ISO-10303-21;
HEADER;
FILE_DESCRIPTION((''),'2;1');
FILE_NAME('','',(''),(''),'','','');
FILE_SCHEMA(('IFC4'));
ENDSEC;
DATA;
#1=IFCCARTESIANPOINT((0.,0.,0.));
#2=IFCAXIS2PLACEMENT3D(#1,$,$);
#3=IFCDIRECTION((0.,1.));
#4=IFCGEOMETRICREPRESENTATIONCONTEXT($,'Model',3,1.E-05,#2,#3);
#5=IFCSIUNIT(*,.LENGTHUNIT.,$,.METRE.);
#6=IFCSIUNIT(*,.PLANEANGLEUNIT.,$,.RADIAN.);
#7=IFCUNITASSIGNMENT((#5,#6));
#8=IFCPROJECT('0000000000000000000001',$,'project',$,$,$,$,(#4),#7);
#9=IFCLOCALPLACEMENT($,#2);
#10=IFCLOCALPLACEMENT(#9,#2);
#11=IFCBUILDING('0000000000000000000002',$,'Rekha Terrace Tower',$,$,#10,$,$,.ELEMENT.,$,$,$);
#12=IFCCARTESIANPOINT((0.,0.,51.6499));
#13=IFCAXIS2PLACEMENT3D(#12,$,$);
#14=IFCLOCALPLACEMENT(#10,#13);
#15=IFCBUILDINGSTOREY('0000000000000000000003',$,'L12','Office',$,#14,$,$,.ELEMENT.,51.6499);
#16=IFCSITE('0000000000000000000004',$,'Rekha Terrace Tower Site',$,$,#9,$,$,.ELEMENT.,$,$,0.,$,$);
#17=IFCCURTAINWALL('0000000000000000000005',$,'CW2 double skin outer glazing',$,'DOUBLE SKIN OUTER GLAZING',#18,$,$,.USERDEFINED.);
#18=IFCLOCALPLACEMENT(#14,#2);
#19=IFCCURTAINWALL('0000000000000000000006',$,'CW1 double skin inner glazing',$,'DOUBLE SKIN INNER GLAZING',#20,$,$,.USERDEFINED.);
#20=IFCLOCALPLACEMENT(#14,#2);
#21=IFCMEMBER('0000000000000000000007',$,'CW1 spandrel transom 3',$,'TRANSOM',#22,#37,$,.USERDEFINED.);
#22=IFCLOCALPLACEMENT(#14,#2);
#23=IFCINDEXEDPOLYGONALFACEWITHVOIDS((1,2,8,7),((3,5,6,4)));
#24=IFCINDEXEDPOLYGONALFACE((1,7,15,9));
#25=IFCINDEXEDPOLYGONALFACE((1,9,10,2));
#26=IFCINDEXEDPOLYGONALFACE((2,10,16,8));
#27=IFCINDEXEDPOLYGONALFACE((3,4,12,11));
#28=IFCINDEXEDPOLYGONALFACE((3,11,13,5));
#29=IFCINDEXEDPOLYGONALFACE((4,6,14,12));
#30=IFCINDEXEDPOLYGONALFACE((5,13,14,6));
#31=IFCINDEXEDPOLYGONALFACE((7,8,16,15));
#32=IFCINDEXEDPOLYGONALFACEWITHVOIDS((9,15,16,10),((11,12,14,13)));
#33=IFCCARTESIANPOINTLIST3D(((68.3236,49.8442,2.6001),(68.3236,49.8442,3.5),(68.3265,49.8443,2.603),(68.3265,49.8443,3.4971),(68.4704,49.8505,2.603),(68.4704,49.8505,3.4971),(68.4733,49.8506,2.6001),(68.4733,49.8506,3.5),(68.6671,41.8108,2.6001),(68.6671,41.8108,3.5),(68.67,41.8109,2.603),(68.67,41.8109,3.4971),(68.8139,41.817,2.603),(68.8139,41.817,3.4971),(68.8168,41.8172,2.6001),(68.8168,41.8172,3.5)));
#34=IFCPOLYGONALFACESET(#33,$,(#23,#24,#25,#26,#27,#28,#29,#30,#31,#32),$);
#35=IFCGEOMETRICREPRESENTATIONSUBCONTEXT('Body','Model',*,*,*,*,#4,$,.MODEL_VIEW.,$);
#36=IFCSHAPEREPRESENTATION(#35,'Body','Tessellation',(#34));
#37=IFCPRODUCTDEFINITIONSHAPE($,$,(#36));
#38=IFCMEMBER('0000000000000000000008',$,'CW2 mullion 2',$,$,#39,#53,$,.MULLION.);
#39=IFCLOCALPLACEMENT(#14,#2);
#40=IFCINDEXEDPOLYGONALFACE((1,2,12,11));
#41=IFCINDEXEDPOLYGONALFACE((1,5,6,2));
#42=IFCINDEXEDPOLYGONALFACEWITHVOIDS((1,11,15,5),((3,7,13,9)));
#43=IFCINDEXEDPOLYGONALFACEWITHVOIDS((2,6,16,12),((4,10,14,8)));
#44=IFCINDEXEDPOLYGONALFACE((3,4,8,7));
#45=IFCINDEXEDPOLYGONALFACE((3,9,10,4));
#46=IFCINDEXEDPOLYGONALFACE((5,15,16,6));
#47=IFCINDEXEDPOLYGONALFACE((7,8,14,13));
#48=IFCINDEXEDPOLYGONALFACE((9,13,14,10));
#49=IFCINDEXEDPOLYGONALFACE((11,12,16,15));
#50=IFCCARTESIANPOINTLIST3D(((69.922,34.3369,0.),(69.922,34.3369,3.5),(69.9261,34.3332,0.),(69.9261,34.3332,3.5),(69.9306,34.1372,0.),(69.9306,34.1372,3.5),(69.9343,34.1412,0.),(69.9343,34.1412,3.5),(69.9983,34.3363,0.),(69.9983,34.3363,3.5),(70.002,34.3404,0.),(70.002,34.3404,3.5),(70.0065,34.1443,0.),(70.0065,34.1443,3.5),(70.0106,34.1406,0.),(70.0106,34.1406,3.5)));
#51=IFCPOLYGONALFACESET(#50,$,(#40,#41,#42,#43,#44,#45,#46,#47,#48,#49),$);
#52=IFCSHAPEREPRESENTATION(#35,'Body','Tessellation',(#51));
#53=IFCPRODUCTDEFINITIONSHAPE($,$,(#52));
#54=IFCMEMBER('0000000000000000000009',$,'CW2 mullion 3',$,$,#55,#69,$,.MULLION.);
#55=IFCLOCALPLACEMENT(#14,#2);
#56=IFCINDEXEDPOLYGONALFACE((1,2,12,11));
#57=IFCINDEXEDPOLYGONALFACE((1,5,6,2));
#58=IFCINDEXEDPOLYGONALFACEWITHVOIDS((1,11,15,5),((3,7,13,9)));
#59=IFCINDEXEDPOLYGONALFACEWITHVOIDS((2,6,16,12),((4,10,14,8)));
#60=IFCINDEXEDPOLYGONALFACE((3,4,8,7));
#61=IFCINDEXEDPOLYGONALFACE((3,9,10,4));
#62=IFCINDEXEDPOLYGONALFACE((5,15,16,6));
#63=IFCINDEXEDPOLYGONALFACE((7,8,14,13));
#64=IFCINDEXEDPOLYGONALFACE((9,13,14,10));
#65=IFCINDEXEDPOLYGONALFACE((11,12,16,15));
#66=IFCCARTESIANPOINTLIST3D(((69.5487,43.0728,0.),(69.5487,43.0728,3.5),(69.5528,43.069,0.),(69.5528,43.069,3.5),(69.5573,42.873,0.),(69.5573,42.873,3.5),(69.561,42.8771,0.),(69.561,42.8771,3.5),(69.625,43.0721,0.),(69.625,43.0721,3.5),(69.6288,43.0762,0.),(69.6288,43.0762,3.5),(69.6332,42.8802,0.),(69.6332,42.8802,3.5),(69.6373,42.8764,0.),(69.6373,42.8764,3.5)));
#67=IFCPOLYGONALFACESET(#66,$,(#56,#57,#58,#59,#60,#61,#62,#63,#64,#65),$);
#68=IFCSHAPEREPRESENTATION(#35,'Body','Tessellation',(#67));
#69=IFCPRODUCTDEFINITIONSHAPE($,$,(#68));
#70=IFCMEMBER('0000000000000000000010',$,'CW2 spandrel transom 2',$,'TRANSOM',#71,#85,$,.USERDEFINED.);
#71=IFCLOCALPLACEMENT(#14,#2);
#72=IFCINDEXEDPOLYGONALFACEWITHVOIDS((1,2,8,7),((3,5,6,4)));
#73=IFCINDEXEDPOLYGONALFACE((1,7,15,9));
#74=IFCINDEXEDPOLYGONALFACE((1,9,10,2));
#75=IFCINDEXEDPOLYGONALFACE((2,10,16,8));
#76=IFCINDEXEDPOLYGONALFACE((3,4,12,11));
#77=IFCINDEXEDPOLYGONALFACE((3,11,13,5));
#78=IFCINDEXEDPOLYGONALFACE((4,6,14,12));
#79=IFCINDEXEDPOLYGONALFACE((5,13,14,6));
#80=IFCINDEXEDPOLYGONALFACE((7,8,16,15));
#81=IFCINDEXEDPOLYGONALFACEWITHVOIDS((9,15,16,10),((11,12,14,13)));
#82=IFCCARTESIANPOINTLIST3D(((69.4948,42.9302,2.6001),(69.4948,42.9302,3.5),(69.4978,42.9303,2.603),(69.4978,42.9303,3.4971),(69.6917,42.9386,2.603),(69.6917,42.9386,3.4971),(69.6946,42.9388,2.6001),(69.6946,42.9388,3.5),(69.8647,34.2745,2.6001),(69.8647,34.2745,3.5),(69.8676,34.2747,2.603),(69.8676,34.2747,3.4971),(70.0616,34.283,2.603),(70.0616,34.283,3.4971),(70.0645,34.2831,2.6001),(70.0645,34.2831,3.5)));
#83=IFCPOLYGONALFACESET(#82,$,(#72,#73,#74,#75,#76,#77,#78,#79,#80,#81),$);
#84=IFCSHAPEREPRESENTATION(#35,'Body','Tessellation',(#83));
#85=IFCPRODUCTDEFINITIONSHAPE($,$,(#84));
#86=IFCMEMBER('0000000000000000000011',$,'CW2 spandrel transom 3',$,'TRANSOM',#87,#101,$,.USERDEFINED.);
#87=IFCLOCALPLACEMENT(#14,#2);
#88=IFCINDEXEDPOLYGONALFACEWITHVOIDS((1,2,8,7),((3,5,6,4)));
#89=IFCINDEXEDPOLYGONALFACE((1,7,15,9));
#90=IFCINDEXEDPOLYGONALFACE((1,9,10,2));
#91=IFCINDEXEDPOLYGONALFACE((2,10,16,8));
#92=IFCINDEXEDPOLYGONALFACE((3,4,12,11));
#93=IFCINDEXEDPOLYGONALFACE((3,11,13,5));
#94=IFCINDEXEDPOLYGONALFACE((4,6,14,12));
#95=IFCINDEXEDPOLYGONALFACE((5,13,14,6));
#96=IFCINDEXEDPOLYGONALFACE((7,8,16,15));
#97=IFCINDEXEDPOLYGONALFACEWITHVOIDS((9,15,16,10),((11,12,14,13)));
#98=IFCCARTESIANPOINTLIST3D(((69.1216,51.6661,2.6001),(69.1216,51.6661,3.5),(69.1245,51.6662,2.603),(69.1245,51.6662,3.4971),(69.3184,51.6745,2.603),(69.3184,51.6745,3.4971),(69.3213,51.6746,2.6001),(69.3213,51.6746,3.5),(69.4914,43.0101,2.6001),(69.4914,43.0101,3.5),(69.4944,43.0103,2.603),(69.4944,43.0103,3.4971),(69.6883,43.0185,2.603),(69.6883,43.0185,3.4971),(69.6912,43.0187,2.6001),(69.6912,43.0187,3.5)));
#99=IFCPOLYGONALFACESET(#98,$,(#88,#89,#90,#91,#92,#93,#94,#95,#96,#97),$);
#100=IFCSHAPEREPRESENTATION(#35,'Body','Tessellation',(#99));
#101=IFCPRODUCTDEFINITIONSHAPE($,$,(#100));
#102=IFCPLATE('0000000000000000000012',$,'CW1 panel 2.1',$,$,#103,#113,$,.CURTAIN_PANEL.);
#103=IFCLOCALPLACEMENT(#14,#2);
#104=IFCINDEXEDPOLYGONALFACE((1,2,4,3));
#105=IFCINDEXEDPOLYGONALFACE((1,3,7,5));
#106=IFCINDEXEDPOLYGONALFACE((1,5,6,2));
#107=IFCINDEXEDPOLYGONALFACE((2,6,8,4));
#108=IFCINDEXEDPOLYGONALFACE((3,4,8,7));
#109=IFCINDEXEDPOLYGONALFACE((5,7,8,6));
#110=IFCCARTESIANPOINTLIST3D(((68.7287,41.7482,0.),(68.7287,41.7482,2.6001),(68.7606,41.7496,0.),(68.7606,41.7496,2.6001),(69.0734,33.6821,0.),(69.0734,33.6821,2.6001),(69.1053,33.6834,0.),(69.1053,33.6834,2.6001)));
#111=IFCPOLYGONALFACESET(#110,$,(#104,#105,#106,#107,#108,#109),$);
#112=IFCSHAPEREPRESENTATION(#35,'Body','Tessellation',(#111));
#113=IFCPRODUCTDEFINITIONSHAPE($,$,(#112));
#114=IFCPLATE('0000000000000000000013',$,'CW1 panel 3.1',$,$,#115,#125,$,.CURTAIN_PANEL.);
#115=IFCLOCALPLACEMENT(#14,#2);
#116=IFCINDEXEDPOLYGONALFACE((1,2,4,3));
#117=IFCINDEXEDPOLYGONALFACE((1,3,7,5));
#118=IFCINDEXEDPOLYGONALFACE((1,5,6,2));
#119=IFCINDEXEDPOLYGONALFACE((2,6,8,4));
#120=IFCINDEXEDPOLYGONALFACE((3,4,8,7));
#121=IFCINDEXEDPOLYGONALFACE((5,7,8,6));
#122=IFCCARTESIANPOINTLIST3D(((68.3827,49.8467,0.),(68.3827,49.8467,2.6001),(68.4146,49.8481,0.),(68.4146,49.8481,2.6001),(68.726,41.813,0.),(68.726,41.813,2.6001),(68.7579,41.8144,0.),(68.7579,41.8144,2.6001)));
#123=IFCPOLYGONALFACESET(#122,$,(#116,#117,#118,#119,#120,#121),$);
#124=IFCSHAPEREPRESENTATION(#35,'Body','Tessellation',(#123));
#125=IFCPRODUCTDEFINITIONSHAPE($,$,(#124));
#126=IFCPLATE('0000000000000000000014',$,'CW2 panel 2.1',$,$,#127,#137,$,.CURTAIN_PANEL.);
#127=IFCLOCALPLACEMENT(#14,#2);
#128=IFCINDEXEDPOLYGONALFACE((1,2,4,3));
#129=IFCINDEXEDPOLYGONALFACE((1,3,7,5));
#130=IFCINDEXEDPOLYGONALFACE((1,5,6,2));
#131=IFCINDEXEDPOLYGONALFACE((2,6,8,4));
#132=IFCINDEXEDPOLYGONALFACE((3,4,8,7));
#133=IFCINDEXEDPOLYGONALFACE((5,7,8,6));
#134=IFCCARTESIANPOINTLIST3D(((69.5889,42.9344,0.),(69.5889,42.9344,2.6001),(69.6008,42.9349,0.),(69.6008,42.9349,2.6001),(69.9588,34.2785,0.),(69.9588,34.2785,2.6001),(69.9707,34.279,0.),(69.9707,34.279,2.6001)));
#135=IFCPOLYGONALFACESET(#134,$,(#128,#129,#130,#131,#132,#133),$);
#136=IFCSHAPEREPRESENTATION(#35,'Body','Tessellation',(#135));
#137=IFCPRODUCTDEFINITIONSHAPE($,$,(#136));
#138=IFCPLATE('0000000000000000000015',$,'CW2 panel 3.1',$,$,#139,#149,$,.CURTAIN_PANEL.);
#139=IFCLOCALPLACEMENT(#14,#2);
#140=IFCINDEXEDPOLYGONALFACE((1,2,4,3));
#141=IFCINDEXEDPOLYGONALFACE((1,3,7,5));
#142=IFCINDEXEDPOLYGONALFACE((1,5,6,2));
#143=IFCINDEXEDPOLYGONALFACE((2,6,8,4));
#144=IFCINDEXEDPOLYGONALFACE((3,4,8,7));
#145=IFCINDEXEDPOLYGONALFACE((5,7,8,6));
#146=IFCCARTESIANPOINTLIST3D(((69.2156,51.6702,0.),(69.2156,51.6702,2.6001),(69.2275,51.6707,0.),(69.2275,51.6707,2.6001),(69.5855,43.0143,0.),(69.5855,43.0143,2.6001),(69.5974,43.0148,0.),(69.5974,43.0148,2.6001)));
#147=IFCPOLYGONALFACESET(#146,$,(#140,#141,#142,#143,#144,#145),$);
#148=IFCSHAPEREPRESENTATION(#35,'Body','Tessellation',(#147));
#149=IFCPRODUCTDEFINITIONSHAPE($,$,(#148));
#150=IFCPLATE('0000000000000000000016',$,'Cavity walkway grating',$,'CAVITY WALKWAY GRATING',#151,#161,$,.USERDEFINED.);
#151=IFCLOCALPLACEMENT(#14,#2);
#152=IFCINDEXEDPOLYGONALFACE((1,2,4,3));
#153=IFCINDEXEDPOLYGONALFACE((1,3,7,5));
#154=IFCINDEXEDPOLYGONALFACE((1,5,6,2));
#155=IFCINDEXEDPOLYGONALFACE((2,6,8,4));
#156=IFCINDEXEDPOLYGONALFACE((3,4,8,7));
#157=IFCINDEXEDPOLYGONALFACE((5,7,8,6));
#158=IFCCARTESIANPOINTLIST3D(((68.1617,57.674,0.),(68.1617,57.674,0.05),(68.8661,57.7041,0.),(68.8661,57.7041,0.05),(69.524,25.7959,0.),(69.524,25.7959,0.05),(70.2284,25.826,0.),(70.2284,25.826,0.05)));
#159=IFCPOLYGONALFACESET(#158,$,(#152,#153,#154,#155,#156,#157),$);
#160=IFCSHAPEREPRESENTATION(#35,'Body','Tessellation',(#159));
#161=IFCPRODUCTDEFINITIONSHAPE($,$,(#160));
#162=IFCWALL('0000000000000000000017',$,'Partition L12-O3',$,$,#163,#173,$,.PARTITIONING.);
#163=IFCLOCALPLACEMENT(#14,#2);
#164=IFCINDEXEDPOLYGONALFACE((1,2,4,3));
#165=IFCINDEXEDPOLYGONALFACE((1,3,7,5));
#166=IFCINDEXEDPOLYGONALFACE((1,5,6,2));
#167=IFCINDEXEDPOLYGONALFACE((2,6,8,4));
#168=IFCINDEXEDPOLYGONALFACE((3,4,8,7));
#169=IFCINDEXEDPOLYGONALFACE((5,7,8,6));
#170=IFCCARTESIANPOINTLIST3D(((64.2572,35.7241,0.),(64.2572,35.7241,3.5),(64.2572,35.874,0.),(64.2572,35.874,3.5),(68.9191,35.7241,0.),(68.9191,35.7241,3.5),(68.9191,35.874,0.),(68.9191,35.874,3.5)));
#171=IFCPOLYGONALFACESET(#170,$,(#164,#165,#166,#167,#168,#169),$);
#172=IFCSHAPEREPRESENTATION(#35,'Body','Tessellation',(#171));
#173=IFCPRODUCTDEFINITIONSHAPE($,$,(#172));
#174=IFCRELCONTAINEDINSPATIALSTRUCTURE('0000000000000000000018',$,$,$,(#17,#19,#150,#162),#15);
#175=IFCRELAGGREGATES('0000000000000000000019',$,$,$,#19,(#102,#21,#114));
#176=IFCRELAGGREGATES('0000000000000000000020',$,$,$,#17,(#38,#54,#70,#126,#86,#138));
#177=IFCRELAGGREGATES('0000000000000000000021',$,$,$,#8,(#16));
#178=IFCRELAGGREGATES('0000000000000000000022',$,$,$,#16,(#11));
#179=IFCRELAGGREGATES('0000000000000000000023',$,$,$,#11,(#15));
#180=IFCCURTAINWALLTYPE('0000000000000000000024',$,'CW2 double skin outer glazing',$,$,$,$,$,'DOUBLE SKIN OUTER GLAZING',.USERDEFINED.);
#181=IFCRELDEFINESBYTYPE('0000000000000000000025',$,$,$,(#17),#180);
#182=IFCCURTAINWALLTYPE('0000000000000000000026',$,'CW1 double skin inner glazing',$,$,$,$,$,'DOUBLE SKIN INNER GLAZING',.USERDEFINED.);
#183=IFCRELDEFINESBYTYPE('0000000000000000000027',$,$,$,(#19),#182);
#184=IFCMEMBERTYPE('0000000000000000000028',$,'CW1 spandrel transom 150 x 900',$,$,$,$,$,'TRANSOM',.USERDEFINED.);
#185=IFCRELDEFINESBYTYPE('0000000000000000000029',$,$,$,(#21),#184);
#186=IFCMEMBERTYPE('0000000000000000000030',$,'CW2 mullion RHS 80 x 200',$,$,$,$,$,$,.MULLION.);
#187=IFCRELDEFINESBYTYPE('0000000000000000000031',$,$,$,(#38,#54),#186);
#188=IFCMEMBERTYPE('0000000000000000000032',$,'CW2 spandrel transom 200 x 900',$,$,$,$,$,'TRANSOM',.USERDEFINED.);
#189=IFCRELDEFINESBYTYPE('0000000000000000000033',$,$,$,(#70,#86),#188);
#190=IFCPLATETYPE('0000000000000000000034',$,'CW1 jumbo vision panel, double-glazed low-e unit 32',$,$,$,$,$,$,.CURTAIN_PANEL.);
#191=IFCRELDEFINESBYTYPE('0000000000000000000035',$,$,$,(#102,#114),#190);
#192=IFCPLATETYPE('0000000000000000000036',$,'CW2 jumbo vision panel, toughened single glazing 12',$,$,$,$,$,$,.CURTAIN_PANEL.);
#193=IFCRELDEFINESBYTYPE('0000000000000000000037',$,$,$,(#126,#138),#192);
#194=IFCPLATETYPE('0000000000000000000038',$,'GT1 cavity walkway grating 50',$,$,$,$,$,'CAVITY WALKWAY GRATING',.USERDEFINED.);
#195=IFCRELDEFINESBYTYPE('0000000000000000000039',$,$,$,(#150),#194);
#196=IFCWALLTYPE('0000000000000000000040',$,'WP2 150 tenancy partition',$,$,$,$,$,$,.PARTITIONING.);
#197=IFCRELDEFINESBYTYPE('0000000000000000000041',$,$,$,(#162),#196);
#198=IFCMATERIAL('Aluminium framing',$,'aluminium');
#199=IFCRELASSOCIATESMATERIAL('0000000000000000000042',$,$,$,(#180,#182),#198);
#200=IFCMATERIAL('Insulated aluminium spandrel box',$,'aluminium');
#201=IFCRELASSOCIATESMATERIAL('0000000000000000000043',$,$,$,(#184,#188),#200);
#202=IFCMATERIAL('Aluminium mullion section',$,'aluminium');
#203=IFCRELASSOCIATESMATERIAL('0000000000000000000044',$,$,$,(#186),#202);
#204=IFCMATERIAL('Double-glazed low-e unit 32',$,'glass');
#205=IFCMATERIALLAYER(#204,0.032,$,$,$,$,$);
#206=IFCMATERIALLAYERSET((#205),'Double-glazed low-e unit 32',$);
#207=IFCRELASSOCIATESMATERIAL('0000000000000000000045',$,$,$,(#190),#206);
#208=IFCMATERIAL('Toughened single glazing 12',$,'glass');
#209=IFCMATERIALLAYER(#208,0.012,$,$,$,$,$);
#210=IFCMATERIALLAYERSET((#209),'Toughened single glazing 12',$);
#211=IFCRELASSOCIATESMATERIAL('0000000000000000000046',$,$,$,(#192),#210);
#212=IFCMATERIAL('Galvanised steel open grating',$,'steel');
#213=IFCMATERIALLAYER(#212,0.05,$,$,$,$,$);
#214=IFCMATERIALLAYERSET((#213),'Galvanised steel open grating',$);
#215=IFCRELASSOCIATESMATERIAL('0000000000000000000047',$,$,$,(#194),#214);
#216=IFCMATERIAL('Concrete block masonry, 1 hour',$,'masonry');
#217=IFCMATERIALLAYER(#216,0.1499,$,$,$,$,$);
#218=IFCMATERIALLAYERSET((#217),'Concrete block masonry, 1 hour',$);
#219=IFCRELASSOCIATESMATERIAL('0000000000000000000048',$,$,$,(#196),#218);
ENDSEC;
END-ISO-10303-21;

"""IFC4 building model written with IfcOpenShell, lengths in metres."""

from ifc_helpers import new_model, si_unit, direction, frame, frame_2d, origin, origin_2d, place, context, subcontext, project, spatial, rectangle, hollow_rectangle, extrude, material, layer, layer_set, material_profile, profile_set, type_object, element, aggregate, save


model = new_model("IFC4")

# Units and contexts
model_context = context("Model", 3, precision=1e-05, world=origin(), true_north=direction((0.0, 1.0)))
body_context = subcontext(model_context, "Body", "Model", "MODEL_VIEW")
ifc_project = project(units=[si_unit("LENGTHUNIT", "METRE"), si_unit("PLANEANGLEUNIT", "RADIAN")], contexts=[model_context])

# Site, building, storey
site_placement = place(None, origin())
site = spatial("IfcSite", under=ifc_project, at=site_placement, Name="Rekha Terrace Tower Site", CompositionType="ELEMENT", RefElevation=0.0)
building_placement = place(site_placement, origin())
building = spatial("IfcBuilding", under=site, at=building_placement, Name="Rekha Terrace Tower", CompositionType="ELEMENT")
storey_placement = place(building_placement, frame((0.0, 0.0, 51.6499)))
storey = spatial("IfcBuildingStorey", under=building, at=storey_placement, Name="L12", Description="Office", CompositionType="ELEMENT", Elevation=51.6499)

# Curtain walls, member
ifc_material_1 = material(Name="Aluminium framing", Category="aluminium")
curtain_wall_type_1 = type_object("IfcCurtainWallType", Name="CW2 double skin outer glazing", ElementType="DOUBLE SKIN OUTER GLAZING", PredefinedType="USERDEFINED", material=ifc_material_1)
curtain_wall_1_placement = place(storey_placement, origin())
curtain_wall_1 = element("IfcCurtainWall", 1, at=curtain_wall_1_placement, inside=storey, type_object=curtain_wall_type_1, Name="CW2 double skin outer glazing", ObjectType="DOUBLE SKIN OUTER GLAZING", PredefinedType="USERDEFINED")
curtain_wall_type_2 = type_object("IfcCurtainWallType", Name="CW1 double skin inner glazing", ElementType="DOUBLE SKIN INNER GLAZING", PredefinedType="USERDEFINED", material=ifc_material_1)
curtain_wall_2_placement = place(storey_placement, origin())
curtain_wall_2 = element("IfcCurtainWall", 2, at=curtain_wall_2_placement, inside=storey, type_object=curtain_wall_type_2, Name="CW1 double skin inner glazing", ObjectType="DOUBLE SKIN INNER GLAZING", PredefinedType="USERDEFINED")
ifc_material_2 = material(Name="Aluminium mullion section", Category="aluminium")
ifc_material_3 = material(Name="Insulated aluminium spandrel box", Category="aluminium")
ifc_material_profile_1 = material_profile(ifc_material_3, hollow_rectangle(XDim=0.1499, YDim=0.8999, WallThickness=0.0029, at=origin_2d()), Name="AL SPANDREL BOX 150x900")
ifc_profile_set_1 = profile_set([ifc_material_profile_1], Name="Insulated aluminium spandrel box")
member_type_1 = type_object("IfcMemberType", Name="CW1 spandrel transom 150 x 900", ElementType="TRANSOM", PredefinedType="USERDEFINED", material=ifc_profile_set_1)
member_1_placement = place(storey_placement, frame((68.7419, 41.814, 3.05), z_axis=(-0.04272, 0.999087, 0.0), x_axis=(-0.999087, -0.04272, 0.0)))
member_1 = element("IfcMember", 3, at=member_1_placement, type_object=member_type_1, Name="CW1 spandrel transom 3", ObjectType="TRANSOM", PredefinedType="USERDEFINED", context=body_context, shape_type="SweptSolid", body=[
    extrude(hollow_rectangle(XDim=0.1499, YDim=0.8999, WallThickness=0.0029, at=origin_2d()), origin(), (0.0, 0.0, 1.0), 8.0408),
])

# Members
ifc_material_profile_2 = material_profile(ifc_material_2, hollow_rectangle(XDim=0.0801, YDim=0.2, WallThickness=0.0039, at=origin_2d()), Name="AL RHS 80x200")
ifc_profile_set_2 = profile_set([ifc_material_profile_2], Name="Aluminium mullion section")
member_type_2 = type_object("IfcMemberType", Name="CW2 mullion RHS 80 x 200", PredefinedType="MULLION", material=ifc_profile_set_2)
member_2_placement = place(storey_placement, frame((69.9663, 34.2388, 0.0), z_axis=(0.0, 0.0, 1.0), x_axis=(-0.999088, -0.042696, 0.0)))
member_2 = element("IfcMember", 4, at=member_2_placement, type_object=member_type_2, Name="CW2 mullion 2", PredefinedType="MULLION", context=body_context, shape_type="SweptSolid", body=[
    extrude(hollow_rectangle(XDim=0.0801, YDim=0.2, WallThickness=0.0039, at=origin_2d()), origin(), (0.0, 0.0, 1.0), 3.5),
])
member_3_placement = place(storey_placement, frame((69.593, 42.9746, 0.0), z_axis=(0.0, 0.0, 1.0), x_axis=(-0.999088, -0.042696, 0.0)))
member_3 = element("IfcMember", 5, at=member_3_placement, type_object=member_type_2, Name="CW2 mullion 3", PredefinedType="MULLION", context=body_context, shape_type="SweptSolid", body=[
    extrude(hollow_rectangle(XDim=0.0801, YDim=0.2, WallThickness=0.0039, at=origin_2d()), origin(), (0.0, 0.0, 1.0), 3.5),
])
ifc_material_profile_3 = material_profile(ifc_material_3, hollow_rectangle(XDim=0.2, YDim=0.8999, WallThickness=0.0029, at=origin_2d()), Name="AL SPANDREL BOX 200x900")
ifc_profile_set_3 = profile_set([ifc_material_profile_3], Name="Insulated aluminium spandrel box")
member_type_3 = type_object("IfcMemberType", Name="CW2 spandrel transom 200 x 900", ElementType="TRANSOM", PredefinedType="USERDEFINED", material=ifc_profile_set_3)
member_4_placement = place(storey_placement, frame((69.9646, 34.2788, 3.05), z_axis=(-0.042692, 0.999088, 0.0), x_axis=(-0.999088, -0.042692, 0.0)))
member_4 = element("IfcMember", 6, at=member_4_placement, type_object=member_type_3, Name="CW2 spandrel transom 2", ObjectType="TRANSOM", PredefinedType="USERDEFINED", context=body_context, shape_type="SweptSolid", body=[
    extrude(hollow_rectangle(XDim=0.2, YDim=0.8999, WallThickness=0.0029, at=origin_2d()), origin(), (0.0, 0.0, 1.0), 8.6636),
])
member_5_placement = place(storey_placement, frame((69.5913, 43.0144, 3.05), z_axis=(-0.042691, 0.999088, 0.0), x_axis=(-0.999088, -0.042691, 0.0)))
member_5 = element("IfcMember", 7, at=member_5_placement, type_object=member_type_3, Name="CW2 spandrel transom 3", ObjectType="TRANSOM", PredefinedType="USERDEFINED", context=body_context, shape_type="SweptSolid", body=[
    extrude(hollow_rectangle(XDim=0.2, YDim=0.8999, WallThickness=0.0029, at=origin_2d()), origin(), (0.0, 0.0, 1.0), 8.6638),
])

# Plates
ifc_material_4 = material(Name="Double-glazed low-e unit 32", Category="glass")
ifc_layer_1 = layer(ifc_material_4, 0.032)
ifc_layer_set_1 = layer_set([ifc_layer_1], Name="Double-glazed low-e unit 32")
plate_type_1 = type_object("IfcPlateType", Name="CW1 jumbo vision panel, double-glazed low-e unit 32", PredefinedType="CURTAIN_PANEL", material=ifc_layer_set_1)
plate_1_placement = place(storey_placement, frame((68.917, 37.7158, 0.0), z_axis=(0.0, 0.0, 1.0), x_axis=(-0.042696, 0.999088, 0.0)))
plate_1 = element("IfcPlate", 8, at=plate_1_placement, type_object=plate_type_1, Name="CW1 panel 2.1", PredefinedType="CURTAIN_PANEL", context=body_context, shape_type="SweptSolid", body=[
    extrude(rectangle(XDim=8.0735, YDim=0.032, at=origin_2d()), origin(), (0.0, 0.0, 1.0), 2.6001),
])
plate_2_placement = place(storey_placement, frame((68.5703, 45.8306, 0.0), z_axis=(0.0, 0.0, 1.0), x_axis=(-0.042696, 0.999088, 0.0)))
plate_2 = element("IfcPlate", 9, at=plate_2_placement, type_object=plate_type_1, Name="CW1 panel 3.1", PredefinedType="CURTAIN_PANEL", context=body_context, shape_type="SweptSolid", body=[
    extrude(rectangle(XDim=8.041, YDim=0.032, at=origin_2d()), origin(), (0.0, 0.0, 1.0), 2.6001),
])
aggregate(curtain_wall_2, [plate_1, member_1, plate_2])
ifc_material_5 = material(Name="Toughened single glazing 12", Category="glass")
ifc_layer_2 = layer(ifc_material_5, 0.012)
ifc_layer_set_2 = layer_set([ifc_layer_2], Name="Toughened single glazing 12")
plate_type_2 = type_object("IfcPlateType", Name="CW2 jumbo vision panel, toughened single glazing 12", PredefinedType="CURTAIN_PANEL", material=ifc_layer_set_2)
plate_3_placement = place(storey_placement, frame((69.7798, 38.6067, 0.0), z_axis=(0.0, 0.0, 1.0), x_axis=(-0.042696, 0.999088, 0.0)))
plate_3 = element("IfcPlate", 10, at=plate_3_placement, type_object=plate_type_2, Name="CW2 panel 2.1", PredefinedType="CURTAIN_PANEL", context=body_context, shape_type="SweptSolid", body=[
    extrude(rectangle(XDim=8.6638, YDim=0.012, at=origin_2d()), origin(), (0.0, 0.0, 1.0), 2.6001),
])
plate_4_placement = place(storey_placement, frame((69.4065, 47.3425, 0.0), z_axis=(0.0, 0.0, 1.0), x_axis=(-0.042696, 0.999088, 0.0)))
plate_4 = element("IfcPlate", 11, at=plate_4_placement, type_object=plate_type_2, Name="CW2 panel 3.1", PredefinedType="CURTAIN_PANEL", context=body_context, shape_type="SweptSolid", body=[
    extrude(rectangle(XDim=8.6638, YDim=0.012, at=origin_2d()), origin(), (0.0, 0.0, 1.0), 2.6001),
])
aggregate(curtain_wall_1, [member_2, member_3, member_4, plate_3, member_5, plate_4])
ifc_material_6 = material(Name="Galvanised steel open grating", Category="steel")
ifc_layer_3 = layer(ifc_material_6, 0.05)
ifc_layer_set_3 = layer_set([ifc_layer_3], Name="Galvanised steel open grating")
plate_type_3 = type_object("IfcPlateType", Name="GT1 cavity walkway grating 50", ElementType="CAVITY WALKWAY GRATING", PredefinedType="USERDEFINED", material=ifc_layer_set_3)
plate_5_placement = place(storey_placement, frame((69.1951, 41.75, 0.0), z_axis=(0.0, 0.0, 1.0), x_axis=(-0.042696, 0.999088, 0.0)))
element("IfcPlate", 12, at=plate_5_placement, inside=storey, type_object=plate_type_3, Name="Cavity walkway grating", ObjectType="CAVITY WALKWAY GRATING", PredefinedType="USERDEFINED", context=body_context, shape_type="SweptSolid", body=[
    extrude(rectangle(XDim=31.9072, YDim=0.7051, at=origin_2d()), origin(), (0.0, 0.0, 1.0), 0.05),
])

# Wall
ifc_material_7 = material(Name="Concrete block masonry, 1 hour", Category="masonry")
ifc_layer_4 = layer(ifc_material_7, 0.1499)
ifc_layer_set_4 = layer_set([ifc_layer_4], Name="Concrete block masonry, 1 hour")
wall_type_1 = type_object("IfcWallType", Name="WP2 150 tenancy partition", PredefinedType="PARTITIONING", material=ifc_layer_set_4)
wall_1_placement = place(storey_placement, frame((64.2571, 35.7991, 0.0), z_axis=(0.0, 0.0, 1.0), x_axis=(1.0, 0.0, 0.0)))
element("IfcWall", 13, at=wall_1_placement, inside=storey, type_object=wall_type_1, Name="Partition L12-O3", PredefinedType="PARTITIONING", context=body_context, shape_type="SweptSolid", body=[
    extrude(rectangle(XDim=4.6619, YDim=0.1499, at=frame_2d((2.3311, 0.0))), origin(), (0.0, 0.0, 1.0), 3.5),
])

save(model, "model.ifc")
